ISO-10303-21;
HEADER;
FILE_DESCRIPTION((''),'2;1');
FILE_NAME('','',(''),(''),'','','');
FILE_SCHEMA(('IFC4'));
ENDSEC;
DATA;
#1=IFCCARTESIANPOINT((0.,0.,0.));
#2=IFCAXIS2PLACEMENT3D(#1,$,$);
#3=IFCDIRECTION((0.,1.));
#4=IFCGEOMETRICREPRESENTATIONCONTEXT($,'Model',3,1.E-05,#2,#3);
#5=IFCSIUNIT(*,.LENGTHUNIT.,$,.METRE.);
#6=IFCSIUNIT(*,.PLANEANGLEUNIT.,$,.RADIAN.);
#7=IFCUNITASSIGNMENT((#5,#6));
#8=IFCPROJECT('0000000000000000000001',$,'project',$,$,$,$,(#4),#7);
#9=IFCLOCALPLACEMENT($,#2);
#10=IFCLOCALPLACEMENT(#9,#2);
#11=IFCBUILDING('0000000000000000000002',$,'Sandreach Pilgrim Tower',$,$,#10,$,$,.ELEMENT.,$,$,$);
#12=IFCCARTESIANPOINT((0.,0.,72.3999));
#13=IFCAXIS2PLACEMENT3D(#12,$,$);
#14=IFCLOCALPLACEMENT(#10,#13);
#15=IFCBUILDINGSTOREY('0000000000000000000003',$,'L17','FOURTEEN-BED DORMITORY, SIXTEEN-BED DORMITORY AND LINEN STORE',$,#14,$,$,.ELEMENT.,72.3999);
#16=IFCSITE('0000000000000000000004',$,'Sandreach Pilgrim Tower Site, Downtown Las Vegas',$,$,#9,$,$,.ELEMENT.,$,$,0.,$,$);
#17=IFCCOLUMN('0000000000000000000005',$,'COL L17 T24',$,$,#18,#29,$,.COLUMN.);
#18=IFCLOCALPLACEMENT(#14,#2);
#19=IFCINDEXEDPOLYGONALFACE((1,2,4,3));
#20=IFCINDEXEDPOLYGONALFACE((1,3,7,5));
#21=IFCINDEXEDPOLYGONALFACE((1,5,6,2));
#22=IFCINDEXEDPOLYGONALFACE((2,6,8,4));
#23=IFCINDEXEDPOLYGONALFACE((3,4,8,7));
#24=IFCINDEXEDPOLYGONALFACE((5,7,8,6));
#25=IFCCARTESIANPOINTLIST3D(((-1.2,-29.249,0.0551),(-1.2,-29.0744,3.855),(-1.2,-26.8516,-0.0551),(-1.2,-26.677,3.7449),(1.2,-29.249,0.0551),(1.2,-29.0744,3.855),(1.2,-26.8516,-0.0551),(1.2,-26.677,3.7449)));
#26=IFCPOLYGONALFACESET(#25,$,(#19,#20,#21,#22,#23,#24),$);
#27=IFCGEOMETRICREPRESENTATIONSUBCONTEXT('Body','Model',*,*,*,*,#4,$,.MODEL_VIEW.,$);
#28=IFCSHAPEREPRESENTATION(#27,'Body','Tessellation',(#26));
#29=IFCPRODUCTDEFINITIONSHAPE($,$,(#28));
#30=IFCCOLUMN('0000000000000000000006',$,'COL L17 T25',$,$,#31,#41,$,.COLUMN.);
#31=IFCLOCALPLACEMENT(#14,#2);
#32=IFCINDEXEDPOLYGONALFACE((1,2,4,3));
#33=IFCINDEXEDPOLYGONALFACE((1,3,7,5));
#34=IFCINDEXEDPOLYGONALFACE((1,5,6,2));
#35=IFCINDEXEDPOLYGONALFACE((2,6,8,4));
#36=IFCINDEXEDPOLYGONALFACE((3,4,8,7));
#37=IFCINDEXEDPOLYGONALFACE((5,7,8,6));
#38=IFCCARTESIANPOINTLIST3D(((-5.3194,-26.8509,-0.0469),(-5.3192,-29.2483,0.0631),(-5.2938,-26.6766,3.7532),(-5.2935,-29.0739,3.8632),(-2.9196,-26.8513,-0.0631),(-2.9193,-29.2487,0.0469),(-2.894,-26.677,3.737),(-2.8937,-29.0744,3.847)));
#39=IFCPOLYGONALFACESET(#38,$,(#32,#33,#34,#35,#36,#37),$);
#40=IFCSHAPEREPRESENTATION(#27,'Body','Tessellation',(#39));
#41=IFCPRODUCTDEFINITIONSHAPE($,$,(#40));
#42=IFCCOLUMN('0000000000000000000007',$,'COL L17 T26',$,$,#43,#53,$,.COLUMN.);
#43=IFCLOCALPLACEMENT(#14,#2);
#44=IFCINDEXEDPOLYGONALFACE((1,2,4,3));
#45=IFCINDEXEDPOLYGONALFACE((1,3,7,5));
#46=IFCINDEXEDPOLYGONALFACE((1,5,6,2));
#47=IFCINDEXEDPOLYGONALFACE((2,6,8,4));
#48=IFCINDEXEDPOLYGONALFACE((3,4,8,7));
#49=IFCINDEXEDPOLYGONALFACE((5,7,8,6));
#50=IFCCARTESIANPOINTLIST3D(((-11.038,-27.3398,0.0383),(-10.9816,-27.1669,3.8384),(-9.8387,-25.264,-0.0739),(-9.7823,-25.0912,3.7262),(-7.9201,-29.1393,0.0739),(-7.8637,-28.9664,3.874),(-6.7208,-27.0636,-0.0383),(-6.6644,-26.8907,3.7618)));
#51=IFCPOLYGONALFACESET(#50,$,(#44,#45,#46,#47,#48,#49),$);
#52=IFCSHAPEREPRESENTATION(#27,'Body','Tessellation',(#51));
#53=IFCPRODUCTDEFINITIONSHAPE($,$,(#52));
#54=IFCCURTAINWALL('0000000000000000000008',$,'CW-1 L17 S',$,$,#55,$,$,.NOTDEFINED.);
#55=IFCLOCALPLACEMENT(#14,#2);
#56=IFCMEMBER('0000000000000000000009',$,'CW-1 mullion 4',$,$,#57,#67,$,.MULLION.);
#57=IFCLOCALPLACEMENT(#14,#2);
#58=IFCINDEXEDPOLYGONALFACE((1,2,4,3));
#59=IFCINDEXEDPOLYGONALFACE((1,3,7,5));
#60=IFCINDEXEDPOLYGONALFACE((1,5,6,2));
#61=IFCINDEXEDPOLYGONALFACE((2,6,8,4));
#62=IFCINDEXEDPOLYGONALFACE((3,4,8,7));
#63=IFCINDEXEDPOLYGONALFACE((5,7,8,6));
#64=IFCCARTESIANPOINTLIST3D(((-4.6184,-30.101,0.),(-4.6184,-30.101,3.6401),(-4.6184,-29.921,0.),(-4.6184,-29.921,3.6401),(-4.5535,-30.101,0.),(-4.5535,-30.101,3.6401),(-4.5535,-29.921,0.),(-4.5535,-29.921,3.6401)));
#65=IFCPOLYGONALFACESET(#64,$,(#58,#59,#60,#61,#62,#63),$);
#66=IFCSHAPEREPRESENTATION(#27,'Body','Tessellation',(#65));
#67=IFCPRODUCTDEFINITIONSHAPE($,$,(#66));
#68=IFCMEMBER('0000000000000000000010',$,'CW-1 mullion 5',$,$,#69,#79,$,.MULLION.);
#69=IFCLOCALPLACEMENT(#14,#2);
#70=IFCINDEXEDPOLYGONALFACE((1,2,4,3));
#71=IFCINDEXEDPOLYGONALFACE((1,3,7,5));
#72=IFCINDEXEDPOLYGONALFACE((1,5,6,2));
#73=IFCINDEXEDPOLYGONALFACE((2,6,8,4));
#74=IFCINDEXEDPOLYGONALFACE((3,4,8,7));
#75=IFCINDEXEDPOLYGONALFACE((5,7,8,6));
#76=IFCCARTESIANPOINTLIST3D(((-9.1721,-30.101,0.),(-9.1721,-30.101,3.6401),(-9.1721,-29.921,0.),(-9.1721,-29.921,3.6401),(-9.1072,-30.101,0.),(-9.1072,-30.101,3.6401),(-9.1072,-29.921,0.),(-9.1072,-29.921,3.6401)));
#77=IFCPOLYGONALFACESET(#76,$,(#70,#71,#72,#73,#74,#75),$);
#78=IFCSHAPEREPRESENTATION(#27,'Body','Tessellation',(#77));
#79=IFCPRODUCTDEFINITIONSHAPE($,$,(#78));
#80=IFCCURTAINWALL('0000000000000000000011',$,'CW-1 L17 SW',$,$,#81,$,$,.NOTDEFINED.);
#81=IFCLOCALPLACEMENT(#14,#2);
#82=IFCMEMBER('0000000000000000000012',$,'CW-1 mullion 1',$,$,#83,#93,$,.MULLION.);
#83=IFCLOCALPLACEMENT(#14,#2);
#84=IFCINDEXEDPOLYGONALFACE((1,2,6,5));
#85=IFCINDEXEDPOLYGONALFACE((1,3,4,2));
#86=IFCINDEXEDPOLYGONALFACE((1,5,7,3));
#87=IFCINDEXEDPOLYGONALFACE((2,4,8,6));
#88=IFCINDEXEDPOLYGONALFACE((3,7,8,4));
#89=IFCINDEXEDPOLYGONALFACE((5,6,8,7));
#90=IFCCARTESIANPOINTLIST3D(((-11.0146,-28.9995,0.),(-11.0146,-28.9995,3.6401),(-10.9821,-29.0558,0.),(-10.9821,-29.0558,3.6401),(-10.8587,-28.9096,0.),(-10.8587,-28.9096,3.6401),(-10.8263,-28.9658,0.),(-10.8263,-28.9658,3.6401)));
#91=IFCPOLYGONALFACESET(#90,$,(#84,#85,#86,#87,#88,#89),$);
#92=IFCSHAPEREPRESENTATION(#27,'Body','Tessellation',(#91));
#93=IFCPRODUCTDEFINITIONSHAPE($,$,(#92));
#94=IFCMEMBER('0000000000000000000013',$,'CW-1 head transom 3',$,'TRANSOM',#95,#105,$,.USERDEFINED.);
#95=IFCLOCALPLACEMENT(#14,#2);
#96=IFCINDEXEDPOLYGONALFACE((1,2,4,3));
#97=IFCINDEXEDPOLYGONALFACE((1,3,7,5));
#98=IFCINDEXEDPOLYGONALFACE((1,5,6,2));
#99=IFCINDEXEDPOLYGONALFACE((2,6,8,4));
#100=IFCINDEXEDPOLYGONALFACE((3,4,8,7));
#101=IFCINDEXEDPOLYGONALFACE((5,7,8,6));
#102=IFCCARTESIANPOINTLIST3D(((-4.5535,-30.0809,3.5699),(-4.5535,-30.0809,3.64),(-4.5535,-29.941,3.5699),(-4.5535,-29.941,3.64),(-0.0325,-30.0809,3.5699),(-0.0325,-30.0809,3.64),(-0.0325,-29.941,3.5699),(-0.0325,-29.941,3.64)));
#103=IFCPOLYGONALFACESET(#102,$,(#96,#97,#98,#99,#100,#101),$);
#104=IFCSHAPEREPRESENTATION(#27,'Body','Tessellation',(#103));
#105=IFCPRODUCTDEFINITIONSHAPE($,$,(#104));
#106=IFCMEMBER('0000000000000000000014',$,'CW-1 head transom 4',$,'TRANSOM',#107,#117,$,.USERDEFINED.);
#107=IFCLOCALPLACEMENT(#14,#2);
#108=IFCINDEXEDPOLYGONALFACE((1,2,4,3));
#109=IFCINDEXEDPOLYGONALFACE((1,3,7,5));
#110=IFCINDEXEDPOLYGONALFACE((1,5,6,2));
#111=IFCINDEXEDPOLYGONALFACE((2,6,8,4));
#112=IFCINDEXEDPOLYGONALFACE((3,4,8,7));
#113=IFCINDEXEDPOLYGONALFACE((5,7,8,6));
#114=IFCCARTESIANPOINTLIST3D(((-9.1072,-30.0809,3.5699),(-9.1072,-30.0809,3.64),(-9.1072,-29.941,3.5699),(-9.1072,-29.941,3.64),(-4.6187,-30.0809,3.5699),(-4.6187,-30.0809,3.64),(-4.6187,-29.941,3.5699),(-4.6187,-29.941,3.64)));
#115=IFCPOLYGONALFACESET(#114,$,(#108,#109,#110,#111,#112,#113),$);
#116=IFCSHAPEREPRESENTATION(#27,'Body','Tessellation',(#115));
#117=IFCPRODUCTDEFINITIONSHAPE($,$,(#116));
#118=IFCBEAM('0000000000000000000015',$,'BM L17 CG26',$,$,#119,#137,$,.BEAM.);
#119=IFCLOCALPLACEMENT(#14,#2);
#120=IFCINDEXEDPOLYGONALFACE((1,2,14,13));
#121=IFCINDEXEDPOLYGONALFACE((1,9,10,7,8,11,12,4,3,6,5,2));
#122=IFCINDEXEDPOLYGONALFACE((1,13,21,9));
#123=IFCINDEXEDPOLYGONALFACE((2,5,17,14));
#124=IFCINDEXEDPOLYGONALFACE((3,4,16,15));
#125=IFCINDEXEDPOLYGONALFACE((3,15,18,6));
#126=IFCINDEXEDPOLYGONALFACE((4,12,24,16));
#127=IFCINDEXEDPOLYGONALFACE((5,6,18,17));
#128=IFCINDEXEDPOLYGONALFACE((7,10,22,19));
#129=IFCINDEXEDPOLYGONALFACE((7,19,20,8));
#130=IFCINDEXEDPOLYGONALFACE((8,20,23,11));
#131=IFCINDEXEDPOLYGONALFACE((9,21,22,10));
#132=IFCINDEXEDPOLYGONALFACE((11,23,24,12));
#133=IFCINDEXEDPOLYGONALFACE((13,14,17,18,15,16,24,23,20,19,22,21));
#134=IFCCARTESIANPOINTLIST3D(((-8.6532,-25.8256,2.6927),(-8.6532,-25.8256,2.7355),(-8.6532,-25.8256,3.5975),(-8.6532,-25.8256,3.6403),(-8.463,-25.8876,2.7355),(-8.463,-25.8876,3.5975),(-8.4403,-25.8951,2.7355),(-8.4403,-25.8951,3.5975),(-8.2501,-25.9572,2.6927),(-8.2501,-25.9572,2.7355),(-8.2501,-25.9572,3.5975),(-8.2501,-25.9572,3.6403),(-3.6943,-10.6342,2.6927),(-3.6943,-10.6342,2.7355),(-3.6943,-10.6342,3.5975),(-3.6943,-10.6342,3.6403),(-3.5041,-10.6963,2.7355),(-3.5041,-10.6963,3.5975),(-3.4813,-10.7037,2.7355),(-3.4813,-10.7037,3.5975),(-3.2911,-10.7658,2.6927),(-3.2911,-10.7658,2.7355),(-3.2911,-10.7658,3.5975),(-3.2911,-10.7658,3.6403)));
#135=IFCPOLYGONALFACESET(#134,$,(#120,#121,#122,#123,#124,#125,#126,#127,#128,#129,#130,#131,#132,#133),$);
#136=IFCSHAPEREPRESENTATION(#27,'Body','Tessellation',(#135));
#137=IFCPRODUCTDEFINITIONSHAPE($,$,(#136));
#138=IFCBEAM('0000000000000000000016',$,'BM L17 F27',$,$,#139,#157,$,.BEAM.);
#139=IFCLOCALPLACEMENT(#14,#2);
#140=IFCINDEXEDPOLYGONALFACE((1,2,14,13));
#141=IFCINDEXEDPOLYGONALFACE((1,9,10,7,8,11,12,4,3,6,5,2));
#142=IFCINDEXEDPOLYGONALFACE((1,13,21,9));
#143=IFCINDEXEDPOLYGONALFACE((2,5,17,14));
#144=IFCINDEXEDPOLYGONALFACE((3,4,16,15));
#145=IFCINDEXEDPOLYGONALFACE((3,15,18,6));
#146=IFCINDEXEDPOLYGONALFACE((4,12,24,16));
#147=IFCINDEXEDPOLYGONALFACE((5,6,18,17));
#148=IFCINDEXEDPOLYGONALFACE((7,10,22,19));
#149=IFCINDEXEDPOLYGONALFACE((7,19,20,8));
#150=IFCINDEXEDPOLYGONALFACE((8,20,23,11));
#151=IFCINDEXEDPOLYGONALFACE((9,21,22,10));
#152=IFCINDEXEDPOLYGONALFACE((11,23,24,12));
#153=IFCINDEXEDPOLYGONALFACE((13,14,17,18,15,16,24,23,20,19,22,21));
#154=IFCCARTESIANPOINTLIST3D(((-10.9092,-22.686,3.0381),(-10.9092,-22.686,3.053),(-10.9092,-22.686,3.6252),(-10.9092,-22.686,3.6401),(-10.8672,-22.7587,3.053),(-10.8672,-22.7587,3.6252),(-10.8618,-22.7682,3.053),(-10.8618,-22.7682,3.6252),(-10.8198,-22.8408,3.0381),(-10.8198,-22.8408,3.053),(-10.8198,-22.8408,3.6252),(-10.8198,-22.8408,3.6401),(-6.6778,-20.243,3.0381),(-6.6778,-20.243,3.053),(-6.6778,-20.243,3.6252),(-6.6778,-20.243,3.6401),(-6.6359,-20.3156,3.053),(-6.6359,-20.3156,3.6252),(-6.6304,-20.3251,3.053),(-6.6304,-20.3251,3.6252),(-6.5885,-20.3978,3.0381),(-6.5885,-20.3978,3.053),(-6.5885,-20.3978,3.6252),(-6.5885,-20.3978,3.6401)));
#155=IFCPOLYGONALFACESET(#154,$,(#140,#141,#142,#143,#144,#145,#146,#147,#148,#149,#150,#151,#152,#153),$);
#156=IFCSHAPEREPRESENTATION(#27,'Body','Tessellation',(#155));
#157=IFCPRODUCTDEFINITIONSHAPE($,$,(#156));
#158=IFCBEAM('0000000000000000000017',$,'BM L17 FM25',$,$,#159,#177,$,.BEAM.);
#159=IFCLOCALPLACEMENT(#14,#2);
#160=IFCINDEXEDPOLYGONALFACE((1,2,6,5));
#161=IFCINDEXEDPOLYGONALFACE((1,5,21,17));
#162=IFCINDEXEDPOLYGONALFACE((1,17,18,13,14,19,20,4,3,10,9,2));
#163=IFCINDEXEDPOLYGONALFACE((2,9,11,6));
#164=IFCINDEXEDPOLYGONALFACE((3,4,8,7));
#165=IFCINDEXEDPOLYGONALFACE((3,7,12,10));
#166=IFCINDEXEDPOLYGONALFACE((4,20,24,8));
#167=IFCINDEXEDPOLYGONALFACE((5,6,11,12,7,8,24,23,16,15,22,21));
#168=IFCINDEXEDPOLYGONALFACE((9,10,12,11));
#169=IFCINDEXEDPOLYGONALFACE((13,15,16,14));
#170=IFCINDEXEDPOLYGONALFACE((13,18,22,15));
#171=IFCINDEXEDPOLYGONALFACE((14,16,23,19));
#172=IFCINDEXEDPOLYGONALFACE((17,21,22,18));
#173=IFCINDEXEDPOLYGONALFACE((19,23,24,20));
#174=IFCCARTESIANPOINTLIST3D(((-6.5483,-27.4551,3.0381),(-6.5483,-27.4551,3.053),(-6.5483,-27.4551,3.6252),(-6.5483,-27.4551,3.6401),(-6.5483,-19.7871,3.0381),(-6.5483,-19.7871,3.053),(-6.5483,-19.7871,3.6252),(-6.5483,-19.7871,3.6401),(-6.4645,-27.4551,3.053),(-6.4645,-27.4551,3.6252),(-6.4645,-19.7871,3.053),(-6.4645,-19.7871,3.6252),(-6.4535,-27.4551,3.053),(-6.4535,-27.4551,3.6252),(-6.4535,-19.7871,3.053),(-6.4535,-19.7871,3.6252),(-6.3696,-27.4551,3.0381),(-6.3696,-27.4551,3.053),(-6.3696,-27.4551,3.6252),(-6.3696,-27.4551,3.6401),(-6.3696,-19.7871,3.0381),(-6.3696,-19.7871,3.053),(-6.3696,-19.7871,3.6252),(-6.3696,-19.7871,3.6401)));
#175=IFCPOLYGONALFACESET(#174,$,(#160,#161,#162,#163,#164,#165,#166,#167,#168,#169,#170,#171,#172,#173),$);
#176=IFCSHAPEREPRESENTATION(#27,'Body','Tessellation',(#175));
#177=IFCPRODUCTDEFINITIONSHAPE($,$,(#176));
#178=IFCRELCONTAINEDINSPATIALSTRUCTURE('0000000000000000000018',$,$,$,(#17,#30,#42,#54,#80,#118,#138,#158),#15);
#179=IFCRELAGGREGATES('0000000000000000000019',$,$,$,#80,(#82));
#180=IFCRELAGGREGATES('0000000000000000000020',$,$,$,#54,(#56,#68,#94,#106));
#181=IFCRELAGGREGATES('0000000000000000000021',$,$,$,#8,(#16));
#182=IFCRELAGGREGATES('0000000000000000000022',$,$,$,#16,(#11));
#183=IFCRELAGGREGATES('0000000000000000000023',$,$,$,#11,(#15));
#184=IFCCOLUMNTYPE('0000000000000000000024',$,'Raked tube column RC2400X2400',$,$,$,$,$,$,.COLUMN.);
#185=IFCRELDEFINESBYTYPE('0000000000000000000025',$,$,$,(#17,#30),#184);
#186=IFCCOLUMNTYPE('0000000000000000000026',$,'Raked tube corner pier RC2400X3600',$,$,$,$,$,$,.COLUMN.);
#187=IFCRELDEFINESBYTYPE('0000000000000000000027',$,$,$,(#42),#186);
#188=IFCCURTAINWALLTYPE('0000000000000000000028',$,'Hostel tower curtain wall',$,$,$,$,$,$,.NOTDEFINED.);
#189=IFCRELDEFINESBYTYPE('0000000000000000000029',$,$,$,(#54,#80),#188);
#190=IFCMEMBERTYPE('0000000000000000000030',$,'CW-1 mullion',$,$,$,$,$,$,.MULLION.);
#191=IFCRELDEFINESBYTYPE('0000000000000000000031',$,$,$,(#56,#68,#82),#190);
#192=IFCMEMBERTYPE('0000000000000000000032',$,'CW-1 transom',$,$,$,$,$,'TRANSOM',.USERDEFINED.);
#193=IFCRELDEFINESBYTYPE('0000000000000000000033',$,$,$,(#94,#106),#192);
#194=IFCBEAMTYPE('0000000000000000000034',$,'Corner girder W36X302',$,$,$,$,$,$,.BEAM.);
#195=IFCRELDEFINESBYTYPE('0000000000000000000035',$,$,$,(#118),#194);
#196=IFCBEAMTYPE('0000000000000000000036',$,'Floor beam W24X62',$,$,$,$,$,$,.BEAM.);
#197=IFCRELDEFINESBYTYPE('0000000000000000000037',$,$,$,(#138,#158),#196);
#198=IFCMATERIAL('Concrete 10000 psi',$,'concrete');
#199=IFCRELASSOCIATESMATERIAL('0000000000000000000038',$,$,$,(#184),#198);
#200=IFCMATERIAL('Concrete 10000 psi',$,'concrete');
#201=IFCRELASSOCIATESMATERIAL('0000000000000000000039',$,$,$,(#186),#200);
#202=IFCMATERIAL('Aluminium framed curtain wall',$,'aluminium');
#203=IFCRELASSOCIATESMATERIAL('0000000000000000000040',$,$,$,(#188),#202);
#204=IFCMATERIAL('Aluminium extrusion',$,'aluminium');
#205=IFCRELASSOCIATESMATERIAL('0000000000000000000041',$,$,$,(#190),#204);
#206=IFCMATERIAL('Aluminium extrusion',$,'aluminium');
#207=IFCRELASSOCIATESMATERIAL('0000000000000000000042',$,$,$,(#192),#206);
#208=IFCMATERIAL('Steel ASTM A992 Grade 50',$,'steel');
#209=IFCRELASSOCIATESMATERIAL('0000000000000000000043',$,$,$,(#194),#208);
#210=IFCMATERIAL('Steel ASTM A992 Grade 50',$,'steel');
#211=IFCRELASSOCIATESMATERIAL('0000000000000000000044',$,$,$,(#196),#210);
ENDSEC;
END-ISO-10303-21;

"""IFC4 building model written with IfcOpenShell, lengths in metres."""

from ifc_helpers import new_model, si_unit, direction, frame, origin, origin_2d, place, context, subcontext, project, spatial, rectangle, i_section, extrude, material, material_profile, profile_set, type_object, element, aggregate, save


model = new_model("IFC4")

# Units and contexts
model_context = context("Model", 3, precision=1e-05, world=origin(), true_north=direction((0.0, 1.0)))
body_context = subcontext(model_context, "Body", "Model", "MODEL_VIEW")
ifc_project = project(units=[si_unit("LENGTHUNIT", "METRE"), si_unit("PLANEANGLEUNIT", "RADIAN")], contexts=[model_context])

# Site, building, storey
site_placement = place(None, origin())
site = spatial("IfcSite", under=ifc_project, at=site_placement, Name="Sandreach Pilgrim Tower Site, Downtown Las Vegas", CompositionType="ELEMENT", RefElevation=0.0)
building_placement = place(site_placement, origin())
building = spatial("IfcBuilding", under=site, at=building_placement, Name="Sandreach Pilgrim Tower", CompositionType="ELEMENT")
storey_placement = place(building_placement, frame((0.0, 0.0, 72.3999)))
storey = spatial("IfcBuildingStorey", under=building, at=storey_placement, Name="L17", Description="FOURTEEN-BED DORMITORY, SIXTEEN-BED DORMITORY AND LINEN STORE", CompositionType="ELEMENT", Elevation=72.3999)

# Columns
ifc_material_1 = material(Name="Concrete 10000 psi", Category="concrete")
ifc_material_profile_1 = material_profile(ifc_material_1, rectangle(XDim=2.3999, YDim=2.3999, at=origin_2d()), Name="RC2400X2400")
ifc_profile_set_1 = profile_set([ifc_material_profile_1], Name="Concrete 10000 psi")
column_type_1 = type_object("IfcColumnType", Name="Raked tube column RC2400X2400", PredefinedType="COLUMN", material=ifc_profile_set_1)
column_1_placement = place(storey_placement, frame((0.0, -28.0503, 0.0), z_axis=(0.0, 0.045888, 0.998947), x_axis=(0.0, -0.998947, 0.045888)))
element("IfcColumn", 1, at=column_1_placement, inside=storey, type_object=column_type_1, Name="COL L17 T24", PredefinedType="COLUMN", context=body_context, shape_type="SweptSolid", body=[
    extrude(rectangle(XDim=2.3999, YDim=2.3999, at=origin_2d()), origin(), (0.0, 0.0, 1.0), 3.804),
])
column_2_placement = place(storey_placement, frame((-4.1194, -28.0498, 0.0), z_axis=(0.006739, 0.045823, 0.998927), x_axis=(0.000113, -0.99895, 0.045823)))
element("IfcColumn", 2, at=column_2_placement, inside=storey, type_object=column_type_1, Name="COL L17 T25", PredefinedType="COLUMN", context=body_context, shape_type="SweptSolid", body=[
    extrude(rectangle(XDim=2.3999, YDim=2.3999, at=origin_2d()), origin(), (0.0, 0.0, 1.0), 3.8042),
])
ifc_material_2 = material(Name="Concrete 10000 psi", Category="concrete")
ifc_material_profile_2 = material_profile(ifc_material_2, rectangle(XDim=2.3999, YDim=3.6001, at=origin_2d()), Name="RC2400X3600")
ifc_profile_set_2 = profile_set([ifc_material_profile_2], Name="Concrete 10000 psi")
column_type_2 = type_object("IfcColumnType", Name="Raked tube corner pier RC2400X3600", PredefinedType="COLUMN", material=ifc_profile_set_2)
column_3_placement = place(storey_placement, frame((-8.8794, -27.2017, 0.0), z_axis=(0.014824, 0.045435, 0.998857), x_axis=(-0.499732, -0.864917, 0.046759)))
element("IfcColumn", 3, at=column_3_placement, inside=storey, type_object=column_type_2, Name="COL L17 T26", PredefinedType="COLUMN", context=body_context, shape_type="SweptSolid", body=[
    extrude(rectangle(XDim=2.3999, YDim=3.6001, at=origin_2d()), origin(), (0.0, 0.0, 1.0), 3.8044),
])

# Curtain wall, members
ifc_material_3 = material(Name="Aluminium framed curtain wall", Category="aluminium")
curtain_wall_type = type_object("IfcCurtainWallType", Name="Hostel tower curtain wall", PredefinedType="NOTDEFINED", material=ifc_material_3)
curtain_wall_1_placement = place(storey_placement, origin())
curtain_wall_1 = element("IfcCurtainWall", 4, at=curtain_wall_1_placement, inside=storey, type_object=curtain_wall_type, Name="CW-1 L17 S", PredefinedType="NOTDEFINED")
ifc_material_4 = material(Name="Aluminium extrusion", Category="aluminium")
ifc_material_profile_3 = material_profile(ifc_material_4, rectangle(XDim=0.0649, YDim=0.1799, at=origin_2d()), Name="CW-1M 65X180")
ifc_profile_set_3 = profile_set([ifc_material_profile_3], Name="Aluminium extrusion")
member_type_1 = type_object("IfcMemberType", Name="CW-1 mullion", PredefinedType="MULLION", material=ifc_profile_set_3)
member_1_placement = place(storey_placement, frame((-4.5859, -30.011, 0.0), z_axis=(0.0, 0.0, 1.0), x_axis=(-1.0, 0.0, 0.0)))
member_1 = element("IfcMember", 5, at=member_1_placement, type_object=member_type_1, Name="CW-1 mullion 4", PredefinedType="MULLION", context=body_context, shape_type="SweptSolid", body=[
    extrude(rectangle(XDim=0.0649, YDim=0.1799, at=origin_2d()), origin(), (0.0, 0.0, 1.0), 3.6401),
])
member_2_placement = place(storey_placement, frame((-9.1396, -30.011, 0.0), z_axis=(0.0, 0.0, 1.0), x_axis=(-1.0, 0.0, 0.0)))
member_2 = element("IfcMember", 6, at=member_2_placement, type_object=member_type_1, Name="CW-1 mullion 5", PredefinedType="MULLION", context=body_context, shape_type="SweptSolid", body=[
    extrude(rectangle(XDim=0.0649, YDim=0.1799, at=origin_2d()), origin(), (0.0, 0.0, 1.0), 3.6401),
])

# Curtain wall, member
curtain_wall_2_placement = place(storey_placement, origin())
curtain_wall_2 = element("IfcCurtainWall", 7, at=curtain_wall_2_placement, inside=storey, type_object=curtain_wall_type, Name="CW-1 L17 SW", PredefinedType="NOTDEFINED")
member_3_placement = place(storey_placement, frame((-10.9204, -28.9827, 0.0), z_axis=(0.0, 0.0, 1.0), x_axis=(-0.5, 0.866025, 0.0)))
member_3 = element("IfcMember", 8, at=member_3_placement, type_object=member_type_1, Name="CW-1 mullion 1", PredefinedType="MULLION", context=body_context, shape_type="SweptSolid", body=[
    extrude(rectangle(XDim=0.0649, YDim=0.1799, at=origin_2d()), origin(), (0.0, 0.0, 1.0), 3.6401),
])
aggregate(curtain_wall_2, [member_3])

# Members
ifc_material_5 = material(Name="Aluminium extrusion", Category="aluminium")
ifc_material_profile_4 = material_profile(ifc_material_5, rectangle(XDim=0.1399, YDim=0.0701, at=origin_2d()), Name="CW-1T 140X70")
ifc_profile_set_4 = profile_set([ifc_material_profile_4], Name="Aluminium extrusion")
member_type_2 = type_object("IfcMemberType", Name="CW-1 transom", ElementType="TRANSOM", PredefinedType="USERDEFINED", material=ifc_profile_set_4)
member_4_placement = place(storey_placement, frame((-0.0325, -30.011, 3.605), z_axis=(-1.0, 0.0, 0.0), x_axis=(0.0, -1.0, 0.0)))
member_4 = element("IfcMember", 9, at=member_4_placement, type_object=member_type_2, Name="CW-1 head transom 3", ObjectType="TRANSOM", PredefinedType="USERDEFINED", context=body_context, shape_type="SweptSolid", body=[
    extrude(rectangle(XDim=0.1399, YDim=0.0701, at=origin_2d()), origin(), (0.0, 0.0, 1.0), 4.521),
])
member_5_placement = place(storey_placement, frame((-4.6187, -30.011, 3.605), z_axis=(-1.0, 0.0, 0.0), x_axis=(0.0, -1.0, 0.0)))
member_5 = element("IfcMember", 10, at=member_5_placement, type_object=member_type_2, Name="CW-1 head transom 4", ObjectType="TRANSOM", PredefinedType="USERDEFINED", context=body_context, shape_type="SweptSolid", body=[
    extrude(rectangle(XDim=0.1399, YDim=0.0701, at=origin_2d()), origin(), (0.0, 0.0, 1.0), 4.4885),
])

# Beams
ifc_material_6 = material(Name="Steel ASTM A992 Grade 50", Category="steel")
ifc_material_profile_5 = material_profile(ifc_material_6, i_section(OverallWidth=0.4241, OverallDepth=0.9475, WebThickness=0.0239, FlangeThickness=0.0427, at=origin_2d()), Name="W36X302")
ifc_profile_set_5 = profile_set([ifc_material_profile_5], Name="Steel ASTM A992 Grade 50")
beam_type_1 = type_object("IfcBeamType", Name="Corner girder W36X302", PredefinedType="BEAM", material=ifc_profile_set_5)
beam_1_placement = place(storey_placement, frame((-8.4517, -25.8914, 3.1665), z_axis=(0.310318, 0.950633, 0.0), x_axis=(-0.950633, 0.310318, 0.0)))
element("IfcBeam", 11, at=beam_1_placement, inside=storey, type_object=beam_type_1, Name="BM L17 CG26", PredefinedType="BEAM", context=body_context, shape_type="SweptSolid", body=[
    extrude(i_section(OverallWidth=0.4241, OverallDepth=0.9475, WebThickness=0.0239, FlangeThickness=0.0427, at=origin_2d()), origin(), (0.0, 0.0, 1.0), 15.9802),
])
ifc_material_7 = material(Name="Steel ASTM A992 Grade 50", Category="steel")
ifc_material_profile_6 = material_profile(ifc_material_7, i_section(OverallWidth=0.1787, OverallDepth=0.6021, WebThickness=0.011, FlangeThickness=0.0149, at=origin_2d()), Name="W24X62")
ifc_profile_set_6 = profile_set([ifc_material_profile_6], Name="Steel ASTM A992 Grade 50")
beam_type_2 = type_object("IfcBeamType", Name="Floor beam W24X62", PredefinedType="BEAM", material=ifc_profile_set_6)
beam_2_placement = place(storey_placement, frame((-10.8645, -22.7634, 3.3391), z_axis=(0.866018, 0.500014, 0.0), x_axis=(-0.500014, 0.866018, 0.0)))
element("IfcBeam", 12, at=beam_2_placement, inside=storey, type_object=beam_type_2, Name="BM L17 F27", PredefinedType="BEAM", context=body_context, shape_type="SweptSolid", body=[
    extrude(i_section(OverallWidth=0.1787, OverallDepth=0.6021, WebThickness=0.011, FlangeThickness=0.0149, at=origin_2d()), origin(), (0.0, 0.0, 1.0), 4.886),
])
beam_3_placement = place(storey_placement, frame((-6.459, -27.4551, 3.3391), z_axis=(0.0, 1.0, 0.0), x_axis=(-1.0, 0.0, 0.0)))
element("IfcBeam", 13, at=beam_3_placement, inside=storey, type_object=beam_type_2, Name="BM L17 FM25", PredefinedType="BEAM", context=body_context, shape_type="SweptSolid", body=[
    extrude(i_section(OverallWidth=0.1787, OverallDepth=0.6021, WebThickness=0.011, FlangeThickness=0.0149, at=origin_2d()), origin(), (0.0, 0.0, 1.0), 7.668),
])

aggregate(curtain_wall_1, [member_1, member_2, member_4, member_5])

save(model, "model.ifc")
